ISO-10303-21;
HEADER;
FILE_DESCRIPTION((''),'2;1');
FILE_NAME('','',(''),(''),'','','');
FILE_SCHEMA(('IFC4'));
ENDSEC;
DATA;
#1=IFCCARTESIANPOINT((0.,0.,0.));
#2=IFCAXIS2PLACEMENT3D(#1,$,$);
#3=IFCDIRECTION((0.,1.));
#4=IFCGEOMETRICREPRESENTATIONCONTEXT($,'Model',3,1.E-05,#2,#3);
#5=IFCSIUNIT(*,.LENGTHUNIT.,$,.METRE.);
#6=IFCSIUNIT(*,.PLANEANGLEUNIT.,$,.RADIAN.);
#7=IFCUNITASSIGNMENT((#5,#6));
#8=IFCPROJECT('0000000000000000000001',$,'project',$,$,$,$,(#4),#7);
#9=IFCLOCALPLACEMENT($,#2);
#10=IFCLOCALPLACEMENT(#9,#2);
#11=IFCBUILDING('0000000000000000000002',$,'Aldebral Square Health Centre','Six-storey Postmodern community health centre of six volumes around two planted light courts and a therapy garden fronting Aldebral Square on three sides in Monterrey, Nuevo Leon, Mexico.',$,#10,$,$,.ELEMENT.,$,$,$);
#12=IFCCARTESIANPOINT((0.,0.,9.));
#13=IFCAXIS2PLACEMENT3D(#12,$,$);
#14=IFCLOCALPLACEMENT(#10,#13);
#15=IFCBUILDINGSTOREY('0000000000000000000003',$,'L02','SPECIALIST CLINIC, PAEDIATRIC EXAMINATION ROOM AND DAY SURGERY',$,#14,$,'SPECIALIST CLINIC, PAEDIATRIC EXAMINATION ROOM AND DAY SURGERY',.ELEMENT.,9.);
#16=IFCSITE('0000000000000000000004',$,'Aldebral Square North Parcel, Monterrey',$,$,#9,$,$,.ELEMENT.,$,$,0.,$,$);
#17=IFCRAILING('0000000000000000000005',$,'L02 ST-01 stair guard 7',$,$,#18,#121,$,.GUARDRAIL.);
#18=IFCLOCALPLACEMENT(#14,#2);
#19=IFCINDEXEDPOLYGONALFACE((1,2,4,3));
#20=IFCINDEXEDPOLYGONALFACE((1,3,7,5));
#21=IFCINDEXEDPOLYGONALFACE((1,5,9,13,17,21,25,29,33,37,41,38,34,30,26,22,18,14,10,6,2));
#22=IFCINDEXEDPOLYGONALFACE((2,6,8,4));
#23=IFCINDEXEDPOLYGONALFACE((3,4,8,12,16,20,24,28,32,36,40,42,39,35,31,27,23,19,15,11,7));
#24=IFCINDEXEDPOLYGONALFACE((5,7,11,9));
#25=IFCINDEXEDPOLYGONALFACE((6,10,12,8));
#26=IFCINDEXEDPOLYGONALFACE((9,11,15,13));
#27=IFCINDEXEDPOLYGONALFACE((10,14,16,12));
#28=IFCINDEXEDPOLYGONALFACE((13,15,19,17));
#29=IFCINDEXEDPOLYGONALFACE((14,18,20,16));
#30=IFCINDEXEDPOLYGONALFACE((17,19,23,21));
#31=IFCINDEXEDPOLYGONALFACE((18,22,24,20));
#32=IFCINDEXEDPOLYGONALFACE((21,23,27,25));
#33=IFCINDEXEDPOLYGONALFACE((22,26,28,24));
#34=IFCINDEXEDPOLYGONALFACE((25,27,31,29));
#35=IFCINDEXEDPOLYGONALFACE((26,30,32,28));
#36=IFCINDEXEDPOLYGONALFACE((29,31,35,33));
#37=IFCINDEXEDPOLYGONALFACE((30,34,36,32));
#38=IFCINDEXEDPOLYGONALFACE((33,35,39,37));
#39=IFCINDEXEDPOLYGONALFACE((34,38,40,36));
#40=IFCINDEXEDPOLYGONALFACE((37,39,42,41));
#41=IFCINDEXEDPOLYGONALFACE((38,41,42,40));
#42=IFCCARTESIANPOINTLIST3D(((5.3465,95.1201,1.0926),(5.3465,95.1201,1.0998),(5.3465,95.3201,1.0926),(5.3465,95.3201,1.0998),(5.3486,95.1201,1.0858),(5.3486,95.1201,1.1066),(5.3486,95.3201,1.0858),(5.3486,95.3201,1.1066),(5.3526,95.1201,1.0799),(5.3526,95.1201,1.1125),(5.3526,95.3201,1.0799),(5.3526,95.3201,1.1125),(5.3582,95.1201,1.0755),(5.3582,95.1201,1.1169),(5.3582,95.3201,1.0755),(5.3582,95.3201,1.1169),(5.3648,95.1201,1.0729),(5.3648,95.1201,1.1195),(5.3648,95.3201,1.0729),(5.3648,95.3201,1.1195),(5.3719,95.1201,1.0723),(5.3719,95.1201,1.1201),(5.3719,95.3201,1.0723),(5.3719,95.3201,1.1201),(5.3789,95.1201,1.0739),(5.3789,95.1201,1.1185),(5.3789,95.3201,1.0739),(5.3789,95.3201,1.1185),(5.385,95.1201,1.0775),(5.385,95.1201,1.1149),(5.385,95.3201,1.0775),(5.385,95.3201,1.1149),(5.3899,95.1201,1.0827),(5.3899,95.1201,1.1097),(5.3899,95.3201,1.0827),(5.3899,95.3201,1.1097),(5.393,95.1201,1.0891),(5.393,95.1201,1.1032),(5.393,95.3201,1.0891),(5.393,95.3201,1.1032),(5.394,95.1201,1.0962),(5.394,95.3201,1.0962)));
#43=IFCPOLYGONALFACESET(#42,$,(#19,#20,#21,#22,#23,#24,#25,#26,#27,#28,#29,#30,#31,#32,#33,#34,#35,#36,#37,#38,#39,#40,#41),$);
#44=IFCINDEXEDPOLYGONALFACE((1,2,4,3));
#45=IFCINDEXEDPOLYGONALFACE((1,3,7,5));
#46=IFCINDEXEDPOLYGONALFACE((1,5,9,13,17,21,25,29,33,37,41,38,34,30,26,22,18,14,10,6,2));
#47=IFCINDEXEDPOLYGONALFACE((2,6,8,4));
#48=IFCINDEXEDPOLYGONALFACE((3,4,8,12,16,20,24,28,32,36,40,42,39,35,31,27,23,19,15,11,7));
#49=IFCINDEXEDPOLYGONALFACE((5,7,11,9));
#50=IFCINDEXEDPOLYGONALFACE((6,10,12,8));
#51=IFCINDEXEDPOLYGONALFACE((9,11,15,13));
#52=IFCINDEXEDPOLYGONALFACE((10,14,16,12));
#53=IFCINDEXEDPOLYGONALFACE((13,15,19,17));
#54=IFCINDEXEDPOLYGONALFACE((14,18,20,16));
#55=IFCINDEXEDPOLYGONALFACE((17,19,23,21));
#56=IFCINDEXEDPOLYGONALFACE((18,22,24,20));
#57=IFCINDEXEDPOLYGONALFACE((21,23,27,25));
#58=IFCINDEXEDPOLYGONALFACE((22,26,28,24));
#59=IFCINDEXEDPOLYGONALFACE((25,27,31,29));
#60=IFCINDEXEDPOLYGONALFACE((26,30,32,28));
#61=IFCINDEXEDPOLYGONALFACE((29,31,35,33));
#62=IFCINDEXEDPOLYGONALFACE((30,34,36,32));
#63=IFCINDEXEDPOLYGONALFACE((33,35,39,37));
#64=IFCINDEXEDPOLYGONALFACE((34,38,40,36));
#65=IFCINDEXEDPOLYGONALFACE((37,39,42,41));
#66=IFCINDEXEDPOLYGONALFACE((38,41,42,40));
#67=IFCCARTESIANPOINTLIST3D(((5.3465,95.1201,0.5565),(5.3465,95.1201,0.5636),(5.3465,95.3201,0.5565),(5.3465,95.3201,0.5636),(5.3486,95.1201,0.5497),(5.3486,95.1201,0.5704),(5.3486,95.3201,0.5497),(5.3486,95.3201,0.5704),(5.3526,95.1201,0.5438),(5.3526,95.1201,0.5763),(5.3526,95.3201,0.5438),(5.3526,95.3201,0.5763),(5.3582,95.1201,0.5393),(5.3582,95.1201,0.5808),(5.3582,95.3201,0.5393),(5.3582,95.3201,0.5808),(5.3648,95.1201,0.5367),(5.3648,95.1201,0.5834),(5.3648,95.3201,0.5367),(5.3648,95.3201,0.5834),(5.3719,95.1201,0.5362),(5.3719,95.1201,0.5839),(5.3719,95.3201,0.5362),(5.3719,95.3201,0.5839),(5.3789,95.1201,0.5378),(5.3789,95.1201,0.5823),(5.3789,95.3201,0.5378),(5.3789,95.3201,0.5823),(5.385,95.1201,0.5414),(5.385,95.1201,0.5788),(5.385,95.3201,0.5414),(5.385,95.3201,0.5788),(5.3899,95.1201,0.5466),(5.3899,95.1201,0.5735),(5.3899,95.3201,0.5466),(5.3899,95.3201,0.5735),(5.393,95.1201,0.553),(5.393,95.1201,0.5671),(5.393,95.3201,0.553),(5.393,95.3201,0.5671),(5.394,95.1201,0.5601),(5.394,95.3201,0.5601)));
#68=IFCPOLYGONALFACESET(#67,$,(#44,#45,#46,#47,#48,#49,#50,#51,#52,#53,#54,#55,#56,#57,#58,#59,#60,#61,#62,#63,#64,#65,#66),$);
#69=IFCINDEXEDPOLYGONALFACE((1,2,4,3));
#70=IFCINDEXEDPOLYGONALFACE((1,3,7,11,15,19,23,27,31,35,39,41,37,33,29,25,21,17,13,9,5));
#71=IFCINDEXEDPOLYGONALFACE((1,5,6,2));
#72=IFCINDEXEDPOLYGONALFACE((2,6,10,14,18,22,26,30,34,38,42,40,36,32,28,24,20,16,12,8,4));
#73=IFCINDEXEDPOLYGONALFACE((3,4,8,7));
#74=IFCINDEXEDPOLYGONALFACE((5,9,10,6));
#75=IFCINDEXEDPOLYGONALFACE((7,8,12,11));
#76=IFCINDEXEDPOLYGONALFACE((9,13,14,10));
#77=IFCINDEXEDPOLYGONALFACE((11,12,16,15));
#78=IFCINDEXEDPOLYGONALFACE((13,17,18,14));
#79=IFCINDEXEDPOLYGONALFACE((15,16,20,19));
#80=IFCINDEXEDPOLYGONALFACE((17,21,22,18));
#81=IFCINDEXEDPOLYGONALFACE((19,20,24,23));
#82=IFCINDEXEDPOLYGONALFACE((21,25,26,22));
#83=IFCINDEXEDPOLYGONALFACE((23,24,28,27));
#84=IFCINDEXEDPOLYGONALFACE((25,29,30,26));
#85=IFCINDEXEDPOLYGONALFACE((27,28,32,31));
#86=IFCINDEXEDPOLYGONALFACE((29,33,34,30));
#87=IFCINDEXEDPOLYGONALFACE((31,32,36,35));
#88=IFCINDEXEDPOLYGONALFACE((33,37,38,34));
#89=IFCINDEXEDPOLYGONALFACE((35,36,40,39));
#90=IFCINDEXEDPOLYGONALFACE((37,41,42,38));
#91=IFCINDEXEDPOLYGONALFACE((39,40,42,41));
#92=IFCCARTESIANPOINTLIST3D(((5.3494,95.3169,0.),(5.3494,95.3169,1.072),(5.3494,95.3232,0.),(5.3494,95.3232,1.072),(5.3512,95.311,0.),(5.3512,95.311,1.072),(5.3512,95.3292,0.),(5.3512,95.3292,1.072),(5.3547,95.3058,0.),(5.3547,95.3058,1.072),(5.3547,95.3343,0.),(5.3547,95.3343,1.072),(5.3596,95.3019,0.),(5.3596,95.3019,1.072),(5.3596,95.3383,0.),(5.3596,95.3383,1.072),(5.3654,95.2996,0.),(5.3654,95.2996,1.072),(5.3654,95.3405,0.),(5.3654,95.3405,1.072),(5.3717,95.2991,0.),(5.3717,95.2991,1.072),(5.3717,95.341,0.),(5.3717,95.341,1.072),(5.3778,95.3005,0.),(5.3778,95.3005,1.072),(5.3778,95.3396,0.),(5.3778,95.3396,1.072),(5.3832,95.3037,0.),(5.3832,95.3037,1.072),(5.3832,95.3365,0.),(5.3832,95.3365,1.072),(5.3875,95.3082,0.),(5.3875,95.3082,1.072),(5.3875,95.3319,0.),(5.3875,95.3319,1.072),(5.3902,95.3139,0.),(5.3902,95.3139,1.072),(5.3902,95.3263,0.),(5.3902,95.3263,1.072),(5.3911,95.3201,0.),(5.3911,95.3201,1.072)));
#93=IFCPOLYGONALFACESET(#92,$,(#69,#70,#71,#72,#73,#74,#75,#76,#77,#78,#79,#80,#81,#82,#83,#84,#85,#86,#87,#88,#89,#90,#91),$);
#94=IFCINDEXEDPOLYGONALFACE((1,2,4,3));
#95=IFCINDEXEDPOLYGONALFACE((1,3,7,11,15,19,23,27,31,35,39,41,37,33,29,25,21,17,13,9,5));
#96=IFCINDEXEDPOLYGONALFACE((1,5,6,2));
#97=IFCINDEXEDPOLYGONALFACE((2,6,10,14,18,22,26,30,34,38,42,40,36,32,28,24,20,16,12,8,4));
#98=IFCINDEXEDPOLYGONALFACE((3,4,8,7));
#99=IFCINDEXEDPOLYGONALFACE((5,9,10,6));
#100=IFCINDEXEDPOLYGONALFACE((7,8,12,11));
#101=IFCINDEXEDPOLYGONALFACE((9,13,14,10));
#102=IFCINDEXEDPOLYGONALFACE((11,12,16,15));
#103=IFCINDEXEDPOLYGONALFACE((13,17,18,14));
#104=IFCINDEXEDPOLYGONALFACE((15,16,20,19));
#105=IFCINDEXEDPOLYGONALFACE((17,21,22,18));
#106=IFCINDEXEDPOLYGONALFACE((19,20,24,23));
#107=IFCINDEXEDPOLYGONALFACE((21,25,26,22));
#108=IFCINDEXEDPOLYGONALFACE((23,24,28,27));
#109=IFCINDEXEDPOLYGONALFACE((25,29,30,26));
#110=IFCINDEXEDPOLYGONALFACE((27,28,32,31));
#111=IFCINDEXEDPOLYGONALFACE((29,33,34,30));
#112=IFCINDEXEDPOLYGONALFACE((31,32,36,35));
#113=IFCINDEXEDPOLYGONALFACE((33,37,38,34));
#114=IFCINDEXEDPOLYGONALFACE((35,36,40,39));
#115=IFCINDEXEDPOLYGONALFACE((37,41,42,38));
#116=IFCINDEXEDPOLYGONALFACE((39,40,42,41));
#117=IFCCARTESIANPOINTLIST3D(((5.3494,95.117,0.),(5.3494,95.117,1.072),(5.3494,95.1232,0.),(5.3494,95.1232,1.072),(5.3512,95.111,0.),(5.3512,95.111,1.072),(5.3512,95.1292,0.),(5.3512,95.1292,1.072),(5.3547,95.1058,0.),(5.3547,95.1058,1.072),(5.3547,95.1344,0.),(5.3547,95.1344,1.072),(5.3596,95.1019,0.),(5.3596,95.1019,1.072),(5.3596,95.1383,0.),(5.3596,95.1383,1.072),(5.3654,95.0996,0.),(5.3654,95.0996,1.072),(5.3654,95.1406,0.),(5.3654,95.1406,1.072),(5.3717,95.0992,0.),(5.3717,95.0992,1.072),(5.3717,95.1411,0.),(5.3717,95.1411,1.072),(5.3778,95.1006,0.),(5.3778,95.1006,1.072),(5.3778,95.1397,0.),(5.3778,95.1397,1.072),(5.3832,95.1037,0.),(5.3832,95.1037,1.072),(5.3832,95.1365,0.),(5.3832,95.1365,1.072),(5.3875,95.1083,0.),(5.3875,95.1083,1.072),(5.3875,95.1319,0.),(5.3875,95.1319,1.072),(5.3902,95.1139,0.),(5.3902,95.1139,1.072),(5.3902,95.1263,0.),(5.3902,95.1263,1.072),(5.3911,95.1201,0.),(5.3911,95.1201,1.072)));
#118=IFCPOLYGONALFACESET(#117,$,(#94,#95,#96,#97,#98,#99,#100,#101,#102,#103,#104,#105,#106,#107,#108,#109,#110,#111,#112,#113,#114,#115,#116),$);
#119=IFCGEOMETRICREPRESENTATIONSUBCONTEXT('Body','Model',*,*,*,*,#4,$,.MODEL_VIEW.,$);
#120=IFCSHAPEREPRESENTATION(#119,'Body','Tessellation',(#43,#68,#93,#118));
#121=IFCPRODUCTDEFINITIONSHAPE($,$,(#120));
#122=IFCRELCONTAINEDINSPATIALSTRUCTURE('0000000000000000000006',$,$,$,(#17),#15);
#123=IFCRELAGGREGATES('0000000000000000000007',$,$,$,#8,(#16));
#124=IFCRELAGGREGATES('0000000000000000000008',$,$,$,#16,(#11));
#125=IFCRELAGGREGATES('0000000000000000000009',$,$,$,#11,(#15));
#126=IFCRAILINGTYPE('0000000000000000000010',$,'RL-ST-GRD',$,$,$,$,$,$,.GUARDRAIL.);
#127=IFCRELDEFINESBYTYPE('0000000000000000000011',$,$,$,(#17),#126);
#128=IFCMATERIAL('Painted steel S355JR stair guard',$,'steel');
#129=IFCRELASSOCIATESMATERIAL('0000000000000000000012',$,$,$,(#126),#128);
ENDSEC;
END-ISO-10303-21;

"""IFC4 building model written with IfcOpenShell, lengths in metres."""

from ifc_helpers import new_model, si_unit, direction, frame, origin, origin_2d, place, context, subcontext, project, spatial, circle, extrude, material, type_object, element, save


model = new_model("IFC4")

# Units and contexts
model_context = context("Model", 3, precision=1e-05, world=origin(), true_north=direction((0.0, 1.0)))
body_context = subcontext(model_context, "Body", "Model", "MODEL_VIEW")
ifc_project = project(units=[si_unit("LENGTHUNIT", "METRE"), si_unit("PLANEANGLEUNIT", "RADIAN")], contexts=[model_context])

# Site, building, storey
site_placement = place(None, origin())
site = spatial("IfcSite", under=ifc_project, at=site_placement, Name="Aldebral Square North Parcel, Monterrey", CompositionType="ELEMENT", RefElevation=0.0)
building_placement = place(site_placement, origin())
building = spatial("IfcBuilding", under=site, at=building_placement, Name="Aldebral Square Health Centre", Description="Six-storey Postmodern community health centre of six volumes around two planted light courts and a therapy garden fronting Aldebral Square on three sides in Monterrey, Nuevo Leon, Mexico.", CompositionType="ELEMENT")
storey_placement = place(building_placement, frame((0.0, 0.0, 9.0)))
storey = spatial("IfcBuildingStorey", under=building, at=storey_placement, Name="L02", Description="SPECIALIST CLINIC, PAEDIATRIC EXAMINATION ROOM AND DAY SURGERY", LongName="SPECIALIST CLINIC, PAEDIATRIC EXAMINATION ROOM AND DAY SURGERY", CompositionType="ELEMENT", Elevation=9.0)

# Railing
ifc_material_1 = material(Name="Painted steel S355JR stair guard", Category="steel")
railing_type_1 = type_object("IfcRailingType", Name="RL-ST-GRD", PredefinedType="GUARDRAIL", material=ifc_material_1)
railing_1_placement = place(storey_placement, frame((5.3701, 95.3201, 0.0)))
element("IfcRailing", 1, at=railing_1_placement, inside=storey, type_object=railing_type_1, Name="L02 ST-01 stair guard 7", PredefinedType="GUARDRAIL", context=body_context, shape_type="SweptSolid", body=[
    extrude(circle(Radius=0.0239, at=origin_2d()), frame((0.0, 0.0, 1.0962), z_axis=(0.0, -1.0, 0.0), x_axis=(1.0, 0.0, 0.0)), (0.0, 0.0, 1.0), 0.2),
    extrude(circle(Radius=0.0239, at=origin_2d()), frame((0.0, 0.0, 0.5601), z_axis=(0.0, -1.0, 0.0), x_axis=(1.0, 0.0, 0.0)), (0.0, 0.0, 1.0), 0.2),
    extrude(circle(Radius=0.021, at=origin_2d()), origin(), (0.0, 0.0, 1.0), 1.072),
    extrude(circle(Radius=0.021, at=origin_2d()), frame((0.0, -0.2, 0.0)), (0.0, 0.0, 1.0), 1.072),
])

save(model, "model.ifc")
